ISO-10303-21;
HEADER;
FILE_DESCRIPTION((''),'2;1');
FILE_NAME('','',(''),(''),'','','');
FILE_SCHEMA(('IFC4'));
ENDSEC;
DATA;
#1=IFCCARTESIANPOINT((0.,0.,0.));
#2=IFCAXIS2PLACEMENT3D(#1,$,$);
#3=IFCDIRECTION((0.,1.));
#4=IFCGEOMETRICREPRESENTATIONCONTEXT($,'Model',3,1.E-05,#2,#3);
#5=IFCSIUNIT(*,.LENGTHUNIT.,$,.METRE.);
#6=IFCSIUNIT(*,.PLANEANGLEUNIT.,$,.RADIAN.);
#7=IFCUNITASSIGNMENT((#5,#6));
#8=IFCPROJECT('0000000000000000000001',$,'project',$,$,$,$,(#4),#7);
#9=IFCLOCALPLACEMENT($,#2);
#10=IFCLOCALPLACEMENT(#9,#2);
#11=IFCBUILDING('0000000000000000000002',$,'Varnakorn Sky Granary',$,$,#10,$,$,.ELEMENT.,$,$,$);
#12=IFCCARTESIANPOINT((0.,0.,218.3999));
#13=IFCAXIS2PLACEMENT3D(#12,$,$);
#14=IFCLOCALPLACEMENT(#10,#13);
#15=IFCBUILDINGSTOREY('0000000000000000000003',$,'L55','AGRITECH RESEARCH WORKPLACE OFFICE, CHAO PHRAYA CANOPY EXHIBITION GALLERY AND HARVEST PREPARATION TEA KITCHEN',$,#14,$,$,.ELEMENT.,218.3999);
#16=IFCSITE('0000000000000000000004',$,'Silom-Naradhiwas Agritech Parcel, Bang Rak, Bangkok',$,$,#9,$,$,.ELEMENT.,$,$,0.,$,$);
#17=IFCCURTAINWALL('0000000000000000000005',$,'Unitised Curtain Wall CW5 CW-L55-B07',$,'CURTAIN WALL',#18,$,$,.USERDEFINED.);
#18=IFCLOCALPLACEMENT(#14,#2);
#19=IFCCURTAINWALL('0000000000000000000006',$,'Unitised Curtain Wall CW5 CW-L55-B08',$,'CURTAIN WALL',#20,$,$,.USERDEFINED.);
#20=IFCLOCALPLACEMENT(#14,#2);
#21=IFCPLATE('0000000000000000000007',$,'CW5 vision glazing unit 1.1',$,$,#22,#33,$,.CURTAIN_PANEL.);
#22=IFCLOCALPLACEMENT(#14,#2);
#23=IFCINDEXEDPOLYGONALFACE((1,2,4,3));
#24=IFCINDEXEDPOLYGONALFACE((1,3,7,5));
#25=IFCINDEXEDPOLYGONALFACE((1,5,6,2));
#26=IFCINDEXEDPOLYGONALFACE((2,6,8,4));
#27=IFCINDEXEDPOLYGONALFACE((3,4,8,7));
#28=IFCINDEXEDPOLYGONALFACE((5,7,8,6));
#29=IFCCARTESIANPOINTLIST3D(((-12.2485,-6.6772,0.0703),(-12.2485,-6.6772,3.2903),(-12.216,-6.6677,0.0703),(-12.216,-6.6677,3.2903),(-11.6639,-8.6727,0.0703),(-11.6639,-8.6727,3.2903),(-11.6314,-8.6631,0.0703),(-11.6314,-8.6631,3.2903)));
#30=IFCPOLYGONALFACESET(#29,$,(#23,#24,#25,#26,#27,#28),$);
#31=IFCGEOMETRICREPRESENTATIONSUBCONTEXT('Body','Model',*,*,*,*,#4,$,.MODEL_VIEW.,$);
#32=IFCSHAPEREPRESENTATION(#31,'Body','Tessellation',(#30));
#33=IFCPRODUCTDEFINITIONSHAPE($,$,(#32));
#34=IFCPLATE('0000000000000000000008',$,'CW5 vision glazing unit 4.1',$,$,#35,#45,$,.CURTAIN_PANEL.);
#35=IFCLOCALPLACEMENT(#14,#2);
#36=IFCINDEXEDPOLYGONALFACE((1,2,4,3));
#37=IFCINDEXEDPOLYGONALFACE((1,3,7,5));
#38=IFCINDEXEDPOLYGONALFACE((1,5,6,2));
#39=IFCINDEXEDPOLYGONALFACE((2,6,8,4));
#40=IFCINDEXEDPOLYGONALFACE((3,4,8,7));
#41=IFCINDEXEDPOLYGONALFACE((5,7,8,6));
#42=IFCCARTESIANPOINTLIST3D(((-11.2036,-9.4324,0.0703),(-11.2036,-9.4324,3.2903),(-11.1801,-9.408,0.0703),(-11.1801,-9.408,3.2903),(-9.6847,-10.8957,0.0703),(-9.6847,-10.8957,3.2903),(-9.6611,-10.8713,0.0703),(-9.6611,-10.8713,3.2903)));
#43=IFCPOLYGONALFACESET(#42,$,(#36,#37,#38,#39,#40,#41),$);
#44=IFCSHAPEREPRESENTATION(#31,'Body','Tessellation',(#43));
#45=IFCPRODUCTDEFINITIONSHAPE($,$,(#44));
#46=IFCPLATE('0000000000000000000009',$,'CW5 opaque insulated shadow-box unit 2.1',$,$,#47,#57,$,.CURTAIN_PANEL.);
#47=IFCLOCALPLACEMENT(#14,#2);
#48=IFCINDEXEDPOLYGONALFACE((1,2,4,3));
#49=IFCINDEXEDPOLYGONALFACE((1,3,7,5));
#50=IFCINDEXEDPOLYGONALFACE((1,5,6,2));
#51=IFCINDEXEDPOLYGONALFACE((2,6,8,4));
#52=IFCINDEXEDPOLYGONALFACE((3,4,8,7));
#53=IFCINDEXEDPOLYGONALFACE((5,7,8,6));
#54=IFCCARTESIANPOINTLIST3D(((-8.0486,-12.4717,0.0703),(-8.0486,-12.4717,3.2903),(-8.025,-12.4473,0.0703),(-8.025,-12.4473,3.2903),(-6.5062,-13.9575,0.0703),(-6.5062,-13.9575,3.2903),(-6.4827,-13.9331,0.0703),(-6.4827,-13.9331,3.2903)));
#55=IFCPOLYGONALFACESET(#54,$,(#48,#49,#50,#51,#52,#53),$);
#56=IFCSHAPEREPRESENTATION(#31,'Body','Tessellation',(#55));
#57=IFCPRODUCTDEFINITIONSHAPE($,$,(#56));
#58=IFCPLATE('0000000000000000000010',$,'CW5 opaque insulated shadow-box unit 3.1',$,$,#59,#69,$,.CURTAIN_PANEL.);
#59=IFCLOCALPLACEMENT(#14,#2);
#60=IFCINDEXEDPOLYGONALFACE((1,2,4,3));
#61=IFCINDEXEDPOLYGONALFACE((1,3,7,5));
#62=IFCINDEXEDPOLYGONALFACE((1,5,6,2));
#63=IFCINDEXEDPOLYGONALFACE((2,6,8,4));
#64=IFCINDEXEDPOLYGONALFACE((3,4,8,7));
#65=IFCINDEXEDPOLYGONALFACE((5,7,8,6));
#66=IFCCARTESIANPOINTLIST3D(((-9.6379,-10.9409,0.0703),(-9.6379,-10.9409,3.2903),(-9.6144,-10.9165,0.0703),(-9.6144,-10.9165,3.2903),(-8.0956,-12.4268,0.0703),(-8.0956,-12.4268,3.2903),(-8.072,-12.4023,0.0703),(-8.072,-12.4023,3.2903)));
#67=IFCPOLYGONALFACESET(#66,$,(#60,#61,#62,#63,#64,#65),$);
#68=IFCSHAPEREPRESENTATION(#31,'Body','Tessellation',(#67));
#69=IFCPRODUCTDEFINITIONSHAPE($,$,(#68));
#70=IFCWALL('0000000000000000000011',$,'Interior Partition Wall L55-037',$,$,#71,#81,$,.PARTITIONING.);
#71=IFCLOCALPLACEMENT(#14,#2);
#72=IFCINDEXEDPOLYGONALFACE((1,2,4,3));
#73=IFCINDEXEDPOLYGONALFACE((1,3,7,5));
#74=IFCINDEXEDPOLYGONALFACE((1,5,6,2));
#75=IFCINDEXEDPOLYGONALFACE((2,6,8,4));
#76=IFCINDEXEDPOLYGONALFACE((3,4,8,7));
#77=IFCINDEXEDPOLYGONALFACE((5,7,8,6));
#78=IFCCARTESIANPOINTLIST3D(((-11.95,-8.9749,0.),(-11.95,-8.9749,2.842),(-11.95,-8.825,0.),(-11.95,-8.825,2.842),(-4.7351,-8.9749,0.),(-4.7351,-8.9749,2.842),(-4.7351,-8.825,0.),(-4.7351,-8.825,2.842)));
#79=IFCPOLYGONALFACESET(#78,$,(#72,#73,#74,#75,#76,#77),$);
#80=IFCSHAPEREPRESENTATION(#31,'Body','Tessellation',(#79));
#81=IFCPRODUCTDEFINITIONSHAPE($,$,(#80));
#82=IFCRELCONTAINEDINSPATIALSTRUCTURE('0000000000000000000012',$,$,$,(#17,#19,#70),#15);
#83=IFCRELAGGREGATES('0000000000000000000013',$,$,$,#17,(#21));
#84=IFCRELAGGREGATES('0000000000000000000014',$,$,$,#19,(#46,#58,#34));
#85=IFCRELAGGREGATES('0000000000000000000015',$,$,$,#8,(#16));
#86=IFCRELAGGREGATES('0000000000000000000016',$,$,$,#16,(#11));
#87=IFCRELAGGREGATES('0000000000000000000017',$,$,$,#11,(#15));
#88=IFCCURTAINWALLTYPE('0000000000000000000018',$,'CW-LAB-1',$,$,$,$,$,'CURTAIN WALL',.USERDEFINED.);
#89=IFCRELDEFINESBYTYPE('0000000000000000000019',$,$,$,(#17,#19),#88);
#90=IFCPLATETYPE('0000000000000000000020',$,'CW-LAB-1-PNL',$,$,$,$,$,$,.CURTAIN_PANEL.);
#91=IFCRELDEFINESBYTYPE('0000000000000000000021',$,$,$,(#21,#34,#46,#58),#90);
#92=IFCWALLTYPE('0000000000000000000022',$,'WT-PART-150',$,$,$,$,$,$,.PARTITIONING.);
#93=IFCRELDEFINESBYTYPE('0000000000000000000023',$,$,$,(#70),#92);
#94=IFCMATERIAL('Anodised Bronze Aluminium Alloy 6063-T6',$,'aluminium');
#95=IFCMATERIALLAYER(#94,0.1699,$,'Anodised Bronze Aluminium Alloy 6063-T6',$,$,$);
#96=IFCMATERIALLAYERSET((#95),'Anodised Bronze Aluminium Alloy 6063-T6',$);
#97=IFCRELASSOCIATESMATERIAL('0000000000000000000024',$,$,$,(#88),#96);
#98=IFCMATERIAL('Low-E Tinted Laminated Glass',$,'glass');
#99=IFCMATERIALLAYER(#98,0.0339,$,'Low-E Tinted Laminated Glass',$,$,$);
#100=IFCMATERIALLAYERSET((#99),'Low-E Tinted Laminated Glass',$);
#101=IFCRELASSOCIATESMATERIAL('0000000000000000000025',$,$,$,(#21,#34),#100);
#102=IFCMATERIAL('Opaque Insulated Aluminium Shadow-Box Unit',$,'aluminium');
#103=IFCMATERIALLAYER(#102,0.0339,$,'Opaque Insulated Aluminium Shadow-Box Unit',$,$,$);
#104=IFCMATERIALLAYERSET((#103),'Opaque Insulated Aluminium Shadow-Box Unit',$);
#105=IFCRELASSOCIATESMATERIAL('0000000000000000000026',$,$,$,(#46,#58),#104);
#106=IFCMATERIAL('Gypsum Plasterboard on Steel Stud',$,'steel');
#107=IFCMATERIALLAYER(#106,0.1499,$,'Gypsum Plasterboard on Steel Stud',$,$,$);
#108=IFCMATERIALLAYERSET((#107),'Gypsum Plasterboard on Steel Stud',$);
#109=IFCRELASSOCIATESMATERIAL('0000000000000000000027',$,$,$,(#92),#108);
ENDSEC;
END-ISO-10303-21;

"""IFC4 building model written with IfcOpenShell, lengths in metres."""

from ifc_helpers import new_model, si_unit, direction, frame, frame_2d, origin, origin_2d, place, context, subcontext, project, spatial, rectangle, extrude, source, transform, mapped, material, layer, layer_set, type_object, type_shapes, element, aggregate, save


model = new_model("IFC4")

# Units and contexts
model_context = context("Model", 3, precision=1e-05, world=origin(), true_north=direction((0.0, 1.0)))
body_context = subcontext(model_context, "Body", "Model", "MODEL_VIEW")
ifc_project = project(units=[si_unit("LENGTHUNIT", "METRE"), si_unit("PLANEANGLEUNIT", "RADIAN")], contexts=[model_context])

# Site, building, storey
site_placement = place(None, origin())
site = spatial("IfcSite", under=ifc_project, at=site_placement, Name="Silom-Naradhiwas Agritech Parcel, Bang Rak, Bangkok", CompositionType="ELEMENT", RefElevation=0.0)
building_placement = place(site_placement, origin())
building = spatial("IfcBuilding", under=site, at=building_placement, Name="Varnakorn Sky Granary", CompositionType="ELEMENT")
storey_placement = place(building_placement, frame((0.0, 0.0, 218.3999)))
storey = spatial("IfcBuildingStorey", under=building, at=storey_placement, Name="L55", Description="AGRITECH RESEARCH WORKPLACE OFFICE, CHAO PHRAYA CANOPY EXHIBITION GALLERY AND HARVEST PREPARATION TEA KITCHEN", CompositionType="ELEMENT", Elevation=218.3999)

# Curtain walls
ifc_material_1 = material(Name="Anodised Bronze Aluminium Alloy 6063-T6", Category="aluminium")
ifc_layer_1 = layer(ifc_material_1, 0.1699, Name="Anodised Bronze Aluminium Alloy 6063-T6")
ifc_layer_set_1 = layer_set([ifc_layer_1], Name="Anodised Bronze Aluminium Alloy 6063-T6")
curtain_wall_type = type_object("IfcCurtainWallType", Name="CW-LAB-1", ElementType="CURTAIN WALL", PredefinedType="USERDEFINED", material=ifc_layer_set_1)
curtain_wall_1_placement = place(storey_placement, origin())
curtain_wall_1 = element("IfcCurtainWall", 1, at=curtain_wall_1_placement, inside=storey, type_object=curtain_wall_type, Name="Unitised Curtain Wall CW5 CW-L55-B07", ObjectType="CURTAIN WALL", PredefinedType="USERDEFINED")
curtain_wall_2_placement = place(storey_placement, origin())
curtain_wall_2 = element("IfcCurtainWall", 2, at=curtain_wall_2_placement, inside=storey, type_object=curtain_wall_type, Name="Unitised Curtain Wall CW5 CW-L55-B08", ObjectType="CURTAIN WALL", PredefinedType="USERDEFINED")

# Plates
ifc_material_2 = material(Name="Low-E Tinted Laminated Glass", Category="glass")
ifc_layer_2 = layer(ifc_material_2, 0.0339, Name="Low-E Tinted Laminated Glass")
ifc_layer_set_2 = layer_set([ifc_layer_2], Name="Low-E Tinted Laminated Glass")
plate_type = type_object("IfcPlateType", Name="CW-LAB-1-PNL", PredefinedType="CURTAIN_PANEL")
shared_shape_1 = source(origin(), body_context, "Body", "SweptSolid", [
    extrude(rectangle(XDim=2.0793, YDim=0.0339, at=origin_2d()), origin(), (0.0, 0.0, 1.0), 3.22),
])
plate_1_placement = place(storey_placement, frame((-11.9399, -7.6702, 0.0703), z_axis=(0.0, 0.0, 1.0), x_axis=(-0.28115, 0.959664, 0.0)))
plate_1 = element("IfcPlate", 3, at=plate_1_placement, type_object=plate_type, material=ifc_layer_set_2, Name="CW5 vision glazing unit 1.1", PredefinedType="CURTAIN_PANEL", context=body_context, shape_type="MappedRepresentation", body=[
    mapped(shared_shape_1, transform((0.0, 0.0, 0.0), x_axis=(1.0, 0.0, 0.0), y_axis=(0.0, 1.0, 0.0), z_axis=(0.0, 0.0, 1.0), scale=1.0)),
])
aggregate(curtain_wall_1, [plate_1])
shared_shape_2 = source(origin(), body_context, "Body", "SweptSolid", [
    extrude(rectangle(XDim=2.1091, YDim=0.0339, at=origin_2d()), origin(), (0.0, 0.0, 1.0), 3.22),
])
plate_2_placement = place(storey_placement, frame((-10.4324, -10.1519, 0.0703), z_axis=(0.0, 0.0, 1.0), x_axis=(-0.720182, 0.693785, 0.0)))
plate_2 = element("IfcPlate", 4, at=plate_2_placement, type_object=plate_type, material=ifc_layer_set_2, Name="CW5 vision glazing unit 4.1", PredefinedType="CURTAIN_PANEL", context=body_context, shape_type="MappedRepresentation", body=[
    mapped(shared_shape_2, transform((0.0, 0.0, 0.0), x_axis=(1.0, 0.0, 0.0), y_axis=(0.0, 1.0, 0.0), z_axis=(0.0, 0.0, 1.0), scale=1.0)),
])
ifc_material_3 = material(Name="Opaque Insulated Aluminium Shadow-Box Unit", Category="aluminium")
ifc_layer_3 = layer(ifc_material_3, 0.0339, Name="Opaque Insulated Aluminium Shadow-Box Unit")
ifc_layer_set_3 = layer_set([ifc_layer_3], Name="Opaque Insulated Aluminium Shadow-Box Unit")
shared_shape_3 = source(origin(), body_context, "Body", "SweptSolid", [
    extrude(rectangle(XDim=2.1416, YDim=0.0339, at=origin_2d()), origin(), (0.0, 0.0, 1.0), 3.22),
])
type_shapes(plate_type, [shared_shape_1, shared_shape_2, shared_shape_3])
plate_3_placement = place(storey_placement, frame((-7.2656, -13.2024, 0.0703), z_axis=(0.0, 0.0, 1.0), x_axis=(-0.720182, 0.693785, 0.0)))
plate_3 = element("IfcPlate", 5, at=plate_3_placement, type_object=plate_type, material=ifc_layer_set_3, Name="CW5 opaque insulated shadow-box unit 2.1", PredefinedType="CURTAIN_PANEL", context=body_context, shape_type="MappedRepresentation", body=[
    mapped(shared_shape_3, transform((0.0, 0.0, 0.0), x_axis=(1.0, 0.0, 0.0), y_axis=(0.0, 1.0, 0.0), z_axis=(0.0, 0.0, 1.0), scale=1.0)),
])
plate_4_placement = place(storey_placement, frame((-8.855, -11.6716, 0.0703), z_axis=(0.0, 0.0, 1.0), x_axis=(-0.720182, 0.693785, 0.0)))
plate_4 = element("IfcPlate", 6, at=plate_4_placement, type_object=plate_type, material=ifc_layer_set_3, Name="CW5 opaque insulated shadow-box unit 3.1", PredefinedType="CURTAIN_PANEL", context=body_context, shape_type="MappedRepresentation", body=[
    mapped(shared_shape_3, transform((0.0, 0.0, 0.0), x_axis=(1.0, 0.0, 0.0), y_axis=(0.0, 1.0, 0.0), z_axis=(0.0, 0.0, 1.0), scale=1.0)),
])
aggregate(curtain_wall_2, [plate_3, plate_4, plate_2])

# Wall
ifc_material_4 = material(Name="Gypsum Plasterboard on Steel Stud", Category="steel")
ifc_layer_4 = layer(ifc_material_4, 0.1499, Name="Gypsum Plasterboard on Steel Stud")
ifc_layer_set_4 = layer_set([ifc_layer_4], Name="Gypsum Plasterboard on Steel Stud")
wall_type = type_object("IfcWallType", Name="WT-PART-150", PredefinedType="PARTITIONING", material=ifc_layer_set_4)
wall_placement = place(storey_placement, frame((-11.95, -8.8999, 0.0), z_axis=(0.0, 0.0, 1.0), x_axis=(1.0, 0.0, 0.0)))
element("IfcWall", 7, at=wall_placement, inside=storey, type_object=wall_type, Name="Interior Partition Wall L55-037", PredefinedType="PARTITIONING", context=body_context, shape_type="SweptSolid", body=[
    extrude(rectangle(XDim=7.2148, YDim=0.1499, at=frame_2d((3.6074, 0.0))), origin(), (0.0, 0.0, 1.0), 2.842),
])

save(model, "model.ifc")
